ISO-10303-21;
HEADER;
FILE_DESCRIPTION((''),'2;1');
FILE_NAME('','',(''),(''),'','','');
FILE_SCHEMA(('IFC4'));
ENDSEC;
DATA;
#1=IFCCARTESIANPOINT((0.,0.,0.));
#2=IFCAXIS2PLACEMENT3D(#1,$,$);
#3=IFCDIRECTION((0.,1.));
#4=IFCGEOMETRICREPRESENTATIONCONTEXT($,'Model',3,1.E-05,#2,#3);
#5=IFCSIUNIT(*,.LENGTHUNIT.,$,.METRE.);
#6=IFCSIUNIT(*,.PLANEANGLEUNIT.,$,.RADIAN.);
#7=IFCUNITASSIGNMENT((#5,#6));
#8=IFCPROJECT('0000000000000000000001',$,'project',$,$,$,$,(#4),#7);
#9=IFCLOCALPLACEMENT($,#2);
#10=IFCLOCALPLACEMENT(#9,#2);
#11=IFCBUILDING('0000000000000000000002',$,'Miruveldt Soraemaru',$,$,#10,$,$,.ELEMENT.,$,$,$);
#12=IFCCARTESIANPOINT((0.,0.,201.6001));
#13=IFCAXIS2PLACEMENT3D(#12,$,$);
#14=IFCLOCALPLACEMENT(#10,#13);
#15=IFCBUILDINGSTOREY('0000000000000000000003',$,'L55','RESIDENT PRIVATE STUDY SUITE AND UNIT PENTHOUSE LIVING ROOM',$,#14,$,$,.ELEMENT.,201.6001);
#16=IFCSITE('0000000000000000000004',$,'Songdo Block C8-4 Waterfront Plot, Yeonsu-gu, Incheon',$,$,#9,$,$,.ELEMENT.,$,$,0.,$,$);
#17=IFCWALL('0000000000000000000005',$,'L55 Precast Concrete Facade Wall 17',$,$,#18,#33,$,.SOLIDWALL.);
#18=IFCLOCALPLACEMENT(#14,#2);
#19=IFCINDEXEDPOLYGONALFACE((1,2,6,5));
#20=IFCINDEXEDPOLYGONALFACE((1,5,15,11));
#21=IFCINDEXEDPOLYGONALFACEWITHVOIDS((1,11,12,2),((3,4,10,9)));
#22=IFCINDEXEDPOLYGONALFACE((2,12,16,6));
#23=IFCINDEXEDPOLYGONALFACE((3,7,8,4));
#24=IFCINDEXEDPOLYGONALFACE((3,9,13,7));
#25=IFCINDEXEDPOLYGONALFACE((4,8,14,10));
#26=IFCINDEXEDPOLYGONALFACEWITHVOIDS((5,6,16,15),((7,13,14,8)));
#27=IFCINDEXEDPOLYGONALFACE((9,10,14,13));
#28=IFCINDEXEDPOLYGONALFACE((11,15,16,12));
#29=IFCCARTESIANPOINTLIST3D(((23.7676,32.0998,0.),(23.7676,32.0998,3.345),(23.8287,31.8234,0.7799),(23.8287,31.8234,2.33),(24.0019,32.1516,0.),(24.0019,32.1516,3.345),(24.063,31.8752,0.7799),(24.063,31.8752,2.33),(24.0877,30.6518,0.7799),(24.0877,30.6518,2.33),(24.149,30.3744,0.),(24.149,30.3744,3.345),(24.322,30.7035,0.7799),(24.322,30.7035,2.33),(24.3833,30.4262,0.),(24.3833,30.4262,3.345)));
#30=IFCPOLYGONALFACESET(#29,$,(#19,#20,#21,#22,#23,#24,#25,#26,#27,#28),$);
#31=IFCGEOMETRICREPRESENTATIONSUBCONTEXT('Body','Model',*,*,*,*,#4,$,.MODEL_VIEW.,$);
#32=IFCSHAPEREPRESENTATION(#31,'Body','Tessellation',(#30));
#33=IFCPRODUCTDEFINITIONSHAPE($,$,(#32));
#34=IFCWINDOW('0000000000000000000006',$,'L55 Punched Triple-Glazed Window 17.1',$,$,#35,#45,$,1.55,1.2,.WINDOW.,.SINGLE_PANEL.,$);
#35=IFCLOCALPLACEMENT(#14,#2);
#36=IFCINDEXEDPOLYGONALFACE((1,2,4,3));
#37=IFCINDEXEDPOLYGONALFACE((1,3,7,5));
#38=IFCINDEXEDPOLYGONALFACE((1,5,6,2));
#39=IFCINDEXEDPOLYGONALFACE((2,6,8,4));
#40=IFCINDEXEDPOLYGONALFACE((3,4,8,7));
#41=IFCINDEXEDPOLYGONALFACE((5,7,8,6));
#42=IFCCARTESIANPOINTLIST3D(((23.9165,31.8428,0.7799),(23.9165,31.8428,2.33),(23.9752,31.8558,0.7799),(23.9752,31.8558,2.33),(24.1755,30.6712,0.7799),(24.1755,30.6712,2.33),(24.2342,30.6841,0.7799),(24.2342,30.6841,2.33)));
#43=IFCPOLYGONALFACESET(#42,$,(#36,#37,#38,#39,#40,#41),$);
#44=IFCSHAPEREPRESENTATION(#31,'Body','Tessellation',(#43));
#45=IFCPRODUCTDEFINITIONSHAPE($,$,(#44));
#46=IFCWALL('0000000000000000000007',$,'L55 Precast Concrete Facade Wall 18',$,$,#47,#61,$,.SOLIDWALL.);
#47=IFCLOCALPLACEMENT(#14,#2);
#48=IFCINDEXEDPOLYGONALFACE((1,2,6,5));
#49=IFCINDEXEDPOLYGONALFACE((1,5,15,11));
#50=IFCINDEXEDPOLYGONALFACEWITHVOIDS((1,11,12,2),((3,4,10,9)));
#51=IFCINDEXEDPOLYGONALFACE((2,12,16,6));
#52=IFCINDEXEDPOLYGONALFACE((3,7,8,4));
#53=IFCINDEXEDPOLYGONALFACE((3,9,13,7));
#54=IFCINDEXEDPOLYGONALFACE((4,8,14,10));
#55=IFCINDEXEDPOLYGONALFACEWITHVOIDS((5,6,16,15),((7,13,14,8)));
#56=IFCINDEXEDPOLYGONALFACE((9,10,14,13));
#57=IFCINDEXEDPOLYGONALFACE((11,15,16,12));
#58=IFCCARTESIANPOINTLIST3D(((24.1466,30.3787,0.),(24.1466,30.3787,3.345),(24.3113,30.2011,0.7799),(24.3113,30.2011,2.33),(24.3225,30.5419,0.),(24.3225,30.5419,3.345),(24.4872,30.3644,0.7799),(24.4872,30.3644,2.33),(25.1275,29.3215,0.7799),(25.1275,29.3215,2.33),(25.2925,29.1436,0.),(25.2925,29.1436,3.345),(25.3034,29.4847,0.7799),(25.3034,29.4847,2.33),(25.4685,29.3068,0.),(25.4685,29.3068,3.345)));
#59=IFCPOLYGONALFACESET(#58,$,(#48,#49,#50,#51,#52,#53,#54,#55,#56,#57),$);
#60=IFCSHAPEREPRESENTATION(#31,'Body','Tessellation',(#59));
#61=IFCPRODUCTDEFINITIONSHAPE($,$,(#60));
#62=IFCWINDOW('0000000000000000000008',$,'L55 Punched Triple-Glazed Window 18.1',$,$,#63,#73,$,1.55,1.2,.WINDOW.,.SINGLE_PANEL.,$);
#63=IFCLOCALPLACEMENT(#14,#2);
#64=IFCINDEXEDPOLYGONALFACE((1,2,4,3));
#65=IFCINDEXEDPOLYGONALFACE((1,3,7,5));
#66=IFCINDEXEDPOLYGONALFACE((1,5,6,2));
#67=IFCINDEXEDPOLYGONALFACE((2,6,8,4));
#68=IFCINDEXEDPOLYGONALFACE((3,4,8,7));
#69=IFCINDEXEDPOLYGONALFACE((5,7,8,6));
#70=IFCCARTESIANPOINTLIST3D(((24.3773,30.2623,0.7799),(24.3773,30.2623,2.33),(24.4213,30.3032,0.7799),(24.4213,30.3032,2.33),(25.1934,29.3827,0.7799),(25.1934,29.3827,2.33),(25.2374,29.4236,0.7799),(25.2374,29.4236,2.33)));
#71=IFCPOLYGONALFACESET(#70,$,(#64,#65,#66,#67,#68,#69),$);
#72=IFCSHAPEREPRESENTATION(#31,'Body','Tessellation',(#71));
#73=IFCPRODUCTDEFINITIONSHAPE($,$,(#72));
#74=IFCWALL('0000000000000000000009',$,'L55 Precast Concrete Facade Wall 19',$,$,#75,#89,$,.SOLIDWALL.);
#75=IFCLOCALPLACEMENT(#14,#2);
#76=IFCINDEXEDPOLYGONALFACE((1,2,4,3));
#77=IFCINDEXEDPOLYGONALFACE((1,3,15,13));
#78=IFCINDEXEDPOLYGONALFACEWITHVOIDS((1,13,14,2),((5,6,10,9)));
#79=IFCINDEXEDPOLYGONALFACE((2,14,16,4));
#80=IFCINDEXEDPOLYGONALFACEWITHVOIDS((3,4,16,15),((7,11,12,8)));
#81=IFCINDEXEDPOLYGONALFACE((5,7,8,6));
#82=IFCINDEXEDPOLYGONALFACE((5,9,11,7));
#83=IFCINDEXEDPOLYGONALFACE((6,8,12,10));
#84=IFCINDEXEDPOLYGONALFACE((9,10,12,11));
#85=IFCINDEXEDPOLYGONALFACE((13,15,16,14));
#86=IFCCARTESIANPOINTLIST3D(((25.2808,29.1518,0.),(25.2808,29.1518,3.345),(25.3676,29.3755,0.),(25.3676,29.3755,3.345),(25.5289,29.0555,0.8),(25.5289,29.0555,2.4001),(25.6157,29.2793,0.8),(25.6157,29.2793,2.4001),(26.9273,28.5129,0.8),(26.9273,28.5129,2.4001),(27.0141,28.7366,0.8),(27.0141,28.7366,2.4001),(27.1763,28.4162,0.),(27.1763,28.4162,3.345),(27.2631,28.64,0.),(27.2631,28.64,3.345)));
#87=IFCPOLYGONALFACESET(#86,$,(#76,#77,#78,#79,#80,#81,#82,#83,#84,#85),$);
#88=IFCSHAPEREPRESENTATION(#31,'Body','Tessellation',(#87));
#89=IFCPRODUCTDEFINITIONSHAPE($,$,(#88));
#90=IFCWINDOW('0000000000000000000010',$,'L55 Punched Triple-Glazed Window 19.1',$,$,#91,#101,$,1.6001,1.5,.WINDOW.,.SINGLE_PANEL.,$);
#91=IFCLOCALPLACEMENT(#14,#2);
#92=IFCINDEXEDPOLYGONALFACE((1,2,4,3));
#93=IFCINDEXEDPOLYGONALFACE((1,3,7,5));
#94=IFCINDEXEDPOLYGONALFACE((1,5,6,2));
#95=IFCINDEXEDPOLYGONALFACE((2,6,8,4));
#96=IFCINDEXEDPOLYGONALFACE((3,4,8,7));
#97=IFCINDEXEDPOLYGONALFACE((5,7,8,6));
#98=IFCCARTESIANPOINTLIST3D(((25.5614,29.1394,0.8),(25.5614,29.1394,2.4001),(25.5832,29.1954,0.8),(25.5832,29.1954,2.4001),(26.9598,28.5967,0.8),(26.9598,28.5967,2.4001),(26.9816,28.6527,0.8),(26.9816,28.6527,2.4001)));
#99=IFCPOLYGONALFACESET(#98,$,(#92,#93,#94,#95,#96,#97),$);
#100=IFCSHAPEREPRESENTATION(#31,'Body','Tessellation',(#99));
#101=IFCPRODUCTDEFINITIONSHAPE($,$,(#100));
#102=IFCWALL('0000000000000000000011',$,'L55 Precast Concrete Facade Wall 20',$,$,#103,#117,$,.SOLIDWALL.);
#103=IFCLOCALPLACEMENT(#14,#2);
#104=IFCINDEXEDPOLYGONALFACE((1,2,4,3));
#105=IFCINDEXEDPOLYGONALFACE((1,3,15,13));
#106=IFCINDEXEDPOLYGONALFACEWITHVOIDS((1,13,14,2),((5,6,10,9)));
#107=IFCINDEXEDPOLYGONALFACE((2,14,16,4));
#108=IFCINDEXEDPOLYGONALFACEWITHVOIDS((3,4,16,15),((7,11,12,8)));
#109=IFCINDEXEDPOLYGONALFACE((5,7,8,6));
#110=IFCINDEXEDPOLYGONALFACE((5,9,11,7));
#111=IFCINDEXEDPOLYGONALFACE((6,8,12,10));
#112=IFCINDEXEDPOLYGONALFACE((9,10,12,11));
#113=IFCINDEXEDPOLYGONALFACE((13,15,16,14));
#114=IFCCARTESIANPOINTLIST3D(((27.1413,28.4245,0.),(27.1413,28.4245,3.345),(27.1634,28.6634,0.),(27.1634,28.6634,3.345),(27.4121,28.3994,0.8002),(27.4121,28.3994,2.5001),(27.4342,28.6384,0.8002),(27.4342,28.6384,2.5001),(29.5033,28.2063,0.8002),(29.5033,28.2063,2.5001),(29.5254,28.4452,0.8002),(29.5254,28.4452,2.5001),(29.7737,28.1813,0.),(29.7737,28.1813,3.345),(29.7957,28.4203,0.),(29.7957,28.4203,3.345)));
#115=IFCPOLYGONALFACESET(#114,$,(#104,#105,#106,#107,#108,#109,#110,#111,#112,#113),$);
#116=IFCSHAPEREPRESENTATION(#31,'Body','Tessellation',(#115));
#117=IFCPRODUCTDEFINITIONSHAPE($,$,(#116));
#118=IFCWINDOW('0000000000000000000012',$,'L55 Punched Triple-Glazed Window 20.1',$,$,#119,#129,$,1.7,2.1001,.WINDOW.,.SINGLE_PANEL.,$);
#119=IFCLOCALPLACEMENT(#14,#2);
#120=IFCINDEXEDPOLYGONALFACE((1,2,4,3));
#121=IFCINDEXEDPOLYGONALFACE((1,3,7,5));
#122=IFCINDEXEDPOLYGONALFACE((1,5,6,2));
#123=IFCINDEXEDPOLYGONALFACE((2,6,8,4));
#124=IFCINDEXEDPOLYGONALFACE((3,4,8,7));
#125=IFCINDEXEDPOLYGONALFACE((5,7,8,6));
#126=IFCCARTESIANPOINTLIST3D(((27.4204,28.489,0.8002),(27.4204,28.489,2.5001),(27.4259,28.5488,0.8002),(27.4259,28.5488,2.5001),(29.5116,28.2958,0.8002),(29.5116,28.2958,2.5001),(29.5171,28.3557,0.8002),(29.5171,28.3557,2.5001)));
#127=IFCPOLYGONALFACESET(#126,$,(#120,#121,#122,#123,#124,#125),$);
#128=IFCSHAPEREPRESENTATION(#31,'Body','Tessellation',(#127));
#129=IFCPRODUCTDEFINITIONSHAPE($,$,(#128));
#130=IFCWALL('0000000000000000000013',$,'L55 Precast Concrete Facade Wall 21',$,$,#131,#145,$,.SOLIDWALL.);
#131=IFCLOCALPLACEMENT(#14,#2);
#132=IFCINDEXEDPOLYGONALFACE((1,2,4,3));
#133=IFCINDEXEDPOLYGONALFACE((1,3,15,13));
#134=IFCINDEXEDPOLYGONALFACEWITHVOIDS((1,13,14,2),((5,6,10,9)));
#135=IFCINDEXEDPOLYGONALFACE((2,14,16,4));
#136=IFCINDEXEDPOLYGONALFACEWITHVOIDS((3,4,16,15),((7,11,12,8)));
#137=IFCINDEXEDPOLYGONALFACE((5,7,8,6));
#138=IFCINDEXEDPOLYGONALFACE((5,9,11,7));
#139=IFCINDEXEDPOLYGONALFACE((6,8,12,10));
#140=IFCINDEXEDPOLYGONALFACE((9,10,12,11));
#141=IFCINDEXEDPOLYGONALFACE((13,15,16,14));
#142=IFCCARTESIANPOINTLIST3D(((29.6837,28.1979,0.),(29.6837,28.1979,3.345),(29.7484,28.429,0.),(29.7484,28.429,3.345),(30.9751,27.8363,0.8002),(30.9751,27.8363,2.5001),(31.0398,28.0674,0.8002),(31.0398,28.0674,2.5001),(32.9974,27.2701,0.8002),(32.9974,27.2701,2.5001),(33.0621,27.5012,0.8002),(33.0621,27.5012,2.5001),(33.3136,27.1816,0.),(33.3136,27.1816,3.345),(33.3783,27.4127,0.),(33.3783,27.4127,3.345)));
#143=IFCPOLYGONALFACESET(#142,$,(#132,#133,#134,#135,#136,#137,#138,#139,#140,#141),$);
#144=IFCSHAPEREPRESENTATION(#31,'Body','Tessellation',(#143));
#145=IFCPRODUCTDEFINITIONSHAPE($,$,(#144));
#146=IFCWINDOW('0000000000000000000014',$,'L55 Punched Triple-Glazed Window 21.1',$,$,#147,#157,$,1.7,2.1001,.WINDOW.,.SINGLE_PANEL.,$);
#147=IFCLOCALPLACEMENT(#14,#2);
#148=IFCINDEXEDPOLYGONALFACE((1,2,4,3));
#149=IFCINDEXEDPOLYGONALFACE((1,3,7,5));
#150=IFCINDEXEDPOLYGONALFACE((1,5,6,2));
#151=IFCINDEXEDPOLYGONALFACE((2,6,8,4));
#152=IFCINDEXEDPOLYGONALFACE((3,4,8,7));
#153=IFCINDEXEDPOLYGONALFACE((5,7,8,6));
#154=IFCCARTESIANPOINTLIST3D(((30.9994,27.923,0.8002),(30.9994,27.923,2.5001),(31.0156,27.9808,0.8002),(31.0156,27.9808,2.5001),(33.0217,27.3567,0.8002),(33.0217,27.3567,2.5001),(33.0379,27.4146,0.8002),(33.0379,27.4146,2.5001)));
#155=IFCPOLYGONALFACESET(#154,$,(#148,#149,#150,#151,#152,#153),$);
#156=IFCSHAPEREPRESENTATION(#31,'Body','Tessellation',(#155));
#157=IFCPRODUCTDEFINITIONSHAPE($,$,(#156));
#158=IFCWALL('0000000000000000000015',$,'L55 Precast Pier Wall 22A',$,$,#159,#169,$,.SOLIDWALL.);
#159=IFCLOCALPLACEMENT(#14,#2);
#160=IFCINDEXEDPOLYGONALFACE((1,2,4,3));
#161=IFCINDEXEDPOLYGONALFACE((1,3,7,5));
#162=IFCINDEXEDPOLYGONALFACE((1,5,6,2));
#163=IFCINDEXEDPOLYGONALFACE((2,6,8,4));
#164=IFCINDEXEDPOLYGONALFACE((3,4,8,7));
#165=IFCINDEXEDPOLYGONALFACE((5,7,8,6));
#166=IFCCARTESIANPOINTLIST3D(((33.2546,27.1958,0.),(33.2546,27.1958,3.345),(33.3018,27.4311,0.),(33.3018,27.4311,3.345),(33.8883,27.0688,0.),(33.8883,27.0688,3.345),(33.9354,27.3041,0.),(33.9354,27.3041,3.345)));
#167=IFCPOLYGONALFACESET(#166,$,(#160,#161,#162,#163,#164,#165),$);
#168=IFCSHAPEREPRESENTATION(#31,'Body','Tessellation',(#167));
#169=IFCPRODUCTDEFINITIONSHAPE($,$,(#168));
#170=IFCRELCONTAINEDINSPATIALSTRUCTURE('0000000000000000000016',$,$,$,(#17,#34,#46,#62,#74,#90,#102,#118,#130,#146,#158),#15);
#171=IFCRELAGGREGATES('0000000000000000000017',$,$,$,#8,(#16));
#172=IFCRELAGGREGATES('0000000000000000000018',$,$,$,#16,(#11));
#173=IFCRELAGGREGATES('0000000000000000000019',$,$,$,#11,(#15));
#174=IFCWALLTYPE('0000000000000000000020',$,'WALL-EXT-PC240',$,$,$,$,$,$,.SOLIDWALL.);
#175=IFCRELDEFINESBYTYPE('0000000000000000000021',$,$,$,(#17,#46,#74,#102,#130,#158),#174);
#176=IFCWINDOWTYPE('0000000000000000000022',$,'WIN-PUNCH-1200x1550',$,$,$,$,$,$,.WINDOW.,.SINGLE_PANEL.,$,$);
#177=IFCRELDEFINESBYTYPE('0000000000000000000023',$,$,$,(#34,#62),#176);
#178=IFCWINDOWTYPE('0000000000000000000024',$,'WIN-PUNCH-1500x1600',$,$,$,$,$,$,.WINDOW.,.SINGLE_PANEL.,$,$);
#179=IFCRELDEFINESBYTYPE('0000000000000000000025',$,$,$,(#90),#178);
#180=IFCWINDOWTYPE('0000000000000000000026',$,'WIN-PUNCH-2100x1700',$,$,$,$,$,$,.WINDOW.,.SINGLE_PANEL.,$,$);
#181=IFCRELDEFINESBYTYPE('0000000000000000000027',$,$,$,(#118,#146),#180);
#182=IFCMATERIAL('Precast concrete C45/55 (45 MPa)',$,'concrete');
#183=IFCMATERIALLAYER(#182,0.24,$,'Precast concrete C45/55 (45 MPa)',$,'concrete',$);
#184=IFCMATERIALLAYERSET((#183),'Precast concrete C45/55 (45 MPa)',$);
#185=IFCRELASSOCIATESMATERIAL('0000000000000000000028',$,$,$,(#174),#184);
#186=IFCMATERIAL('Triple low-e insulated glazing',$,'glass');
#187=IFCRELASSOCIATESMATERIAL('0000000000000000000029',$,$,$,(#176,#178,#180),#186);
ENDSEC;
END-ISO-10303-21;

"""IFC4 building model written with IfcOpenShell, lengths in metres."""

from ifc_helpers import new_model, si_unit, direction, frame, frame_2d, origin, place, context, subcontext, project, spatial, rectangle, extrude, material, layer, layer_set, type_object, element, fill, save


model = new_model("IFC4")

# Units and contexts
model_context = context("Model", 3, precision=1e-05, world=origin(), true_north=direction((0.0, 1.0)))
body_context = subcontext(model_context, "Body", "Model", "MODEL_VIEW")
ifc_project = project(units=[si_unit("LENGTHUNIT", "METRE"), si_unit("PLANEANGLEUNIT", "RADIAN")], contexts=[model_context])

# Site, building, storey
site_placement = place(None, origin())
site = spatial("IfcSite", under=ifc_project, at=site_placement, Name="Songdo Block C8-4 Waterfront Plot, Yeonsu-gu, Incheon", CompositionType="ELEMENT", RefElevation=0.0)
building_placement = place(site_placement, origin())
building = spatial("IfcBuilding", under=site, at=building_placement, Name="Miruveldt Soraemaru", CompositionType="ELEMENT")
storey_placement = place(building_placement, frame((0.0, 0.0, 201.6001)))
storey = spatial("IfcBuildingStorey", under=building, at=storey_placement, Name="L55", Description="RESIDENT PRIVATE STUDY SUITE AND UNIT PENTHOUSE LIVING ROOM", CompositionType="ELEMENT", Elevation=201.6001)

# Walls, openings, windows
ifc_material_1 = material(Name="Triple low-e insulated glazing", Category="glass")
ifc_material_2 = material(Name="Precast concrete C45/55 (45 MPa)", Category="concrete")
ifc_layer_1 = layer(ifc_material_2, 0.24, Name="Precast concrete C45/55 (45 MPa)", Category="concrete")
ifc_layer_set_1 = layer_set([ifc_layer_1], Name="Precast concrete C45/55 (45 MPa)")
wall_type_1 = type_object("IfcWallType", Name="WALL-EXT-PC240", PredefinedType="SOLIDWALL", material=ifc_layer_set_1)
wall_1_placement = place(storey_placement, frame((23.8848, 32.1257, 0.0), z_axis=(0.0, 0.0, 1.0), x_axis=(0.215818, -0.976434, 0.0)))
wall_1 = element("IfcWall", 1, at=wall_1_placement, inside=storey, type_object=wall_type_1, Name="L55 Precast Concrete Facade Wall 17", PredefinedType="SOLIDWALL", context=body_context, shape_type="SweptSolid", body=[
    extrude(rectangle(XDim=1.7671, YDim=0.24, at=frame_2d((0.8835, 0.0))), origin(), (0.0, 0.0, 1.0), 3.345),
])
opening_1_placement = place(wall_1_placement, frame((0.283, 0.0, 0.78)))
opening_1 = element("IfcOpeningElement", 2, at=opening_1_placement, cuts=wall_1, PredefinedType="OPENING", context=body_context, shape_type="SweptSolid", body=[
    extrude(rectangle(XDim=1.2, YDim=1.55, at=frame_2d((0.6001, 0.7749))), frame((0.0, 0.1299, 0.0), z_axis=(0.0, -1.0, 0.0), x_axis=(1.0, 0.0, 0.0)), (0.0, 0.0, 1.0), 0.26),
])
window_type_1 = type_object("IfcWindowType", Name="WIN-PUNCH-1200x1550", PartitioningType="SINGLE_PANEL", PredefinedType="WINDOW", material=ifc_material_1)
window_1_placement = place(opening_1_placement, origin())
window_1 = element("IfcWindow", 3, at=window_1_placement, inside=storey, type_object=window_type_1, Name="L55 Punched Triple-Glazed Window 17.1", OverallHeight=1.55, OverallWidth=1.2, PartitioningType="SINGLE_PANEL", PredefinedType="WINDOW", context=body_context, shape_type="SweptSolid", body=[
    extrude(rectangle(XDim=1.2, YDim=1.55, at=frame_2d((0.6001, 0.7749))), frame((0.0, 0.03, 0.0), z_axis=(0.0, -1.0, 0.0), x_axis=(1.0, 0.0, 0.0)), (0.0, 0.0, 1.0), 0.0601),
])
fill(opening_1, window_1)
wall_2_placement = place(storey_placement, frame((24.2346, 30.4602, 0.0), z_axis=(0.0, 0.0, 1.0), x_axis=(0.680168, -0.733057, 0.0)))
wall_2 = element("IfcWall", 4, at=wall_2_placement, inside=storey, type_object=wall_type_1, Name="L55 Precast Concrete Facade Wall 18", PredefinedType="SOLIDWALL", context=body_context, shape_type="SweptSolid", body=[
    extrude(rectangle(XDim=1.6848, YDim=0.24, at=frame_2d((0.8423, 0.0))), origin(), (0.0, 0.0, 1.0), 3.345),
])
opening_2_placement = place(wall_2_placement, frame((0.2419, 0.0, 0.78)))
opening_2 = element("IfcOpeningElement", 5, at=opening_2_placement, cuts=wall_2, PredefinedType="OPENING", context=body_context, shape_type="SweptSolid", body=[
    extrude(rectangle(XDim=1.2, YDim=1.55, at=frame_2d((0.6001, 0.7749))), frame((0.0, 0.1299, 0.0), z_axis=(0.0, -1.0, 0.0), x_axis=(1.0, 0.0, 0.0)), (0.0, 0.0, 1.0), 0.26),
])
window_2_placement = place(opening_2_placement, origin())
window_2 = element("IfcWindow", 6, at=window_2_placement, inside=storey, type_object=window_type_1, Name="L55 Punched Triple-Glazed Window 18.1", OverallHeight=1.55, OverallWidth=1.2, PartitioningType="SINGLE_PANEL", PredefinedType="WINDOW", context=body_context, shape_type="SweptSolid", body=[
    extrude(rectangle(XDim=1.2, YDim=1.55, at=frame_2d((0.6001, 0.7749))), frame((0.0, 0.03, 0.0), z_axis=(0.0, -1.0, 0.0), x_axis=(1.0, 0.0, 0.0)), (0.0, 0.0, 1.0), 0.0601),
])
fill(opening_2, window_2)
wall_3_placement = place(storey_placement, frame((25.3242, 29.2637, 0.0), z_axis=(0.0, 0.0, 1.0), x_axis=(0.932261, -0.361786, 0.0)))
wall_3 = element("IfcWall", 7, at=wall_3_placement, inside=storey, type_object=wall_type_1, Name="L55 Precast Concrete Facade Wall 19", PredefinedType="SOLIDWALL", context=body_context, shape_type="SweptSolid", body=[
    extrude(rectangle(XDim=2.0332, YDim=0.24, at=frame_2d((1.0166, 0.0))), origin(), (0.0, 0.0, 1.0), 3.345),
])
opening_3_placement = place(wall_3_placement, frame((0.2661, 0.0, 0.8)))
opening_3 = element("IfcOpeningElement", 8, at=opening_3_placement, cuts=wall_3, PredefinedType="OPENING", context=body_context, shape_type="SweptSolid", body=[
    extrude(rectangle(XDim=1.5, YDim=1.6001, at=frame_2d((0.75, 0.8))), frame((0.0, 0.1299, 0.0), z_axis=(0.0, -1.0, 0.0), x_axis=(1.0, 0.0, 0.0)), (0.0, 0.0, 1.0), 0.26),
])
window_type_2 = type_object("IfcWindowType", Name="WIN-PUNCH-1500x1600", PartitioningType="SINGLE_PANEL", PredefinedType="WINDOW", material=ifc_material_1)
window_3_placement = place(opening_3_placement, origin())
window_3 = element("IfcWindow", 9, at=window_3_placement, inside=storey, type_object=window_type_2, Name="L55 Punched Triple-Glazed Window 19.1", OverallHeight=1.6001, OverallWidth=1.5, PartitioningType="SINGLE_PANEL", PredefinedType="WINDOW", context=body_context, shape_type="SweptSolid", body=[
    extrude(rectangle(XDim=1.5, YDim=1.6001, at=frame_2d((0.75, 0.8))), frame((0.0, 0.03, 0.0), z_axis=(0.0, -1.0, 0.0), x_axis=(1.0, 0.0, 0.0)), (0.0, 0.0, 1.0), 0.0601),
])
fill(opening_3, window_3)
wall_4_placement = place(storey_placement, frame((27.1523, 28.5439, 0.0), z_axis=(0.0, 0.0, 1.0), x_axis=(0.99576, -0.091985, 0.0)))
wall_4 = element("IfcWall", 10, at=wall_4_placement, inside=storey, type_object=wall_type_1, Name="L55 Precast Concrete Facade Wall 20", PredefinedType="SOLIDWALL", context=body_context, shape_type="SweptSolid", body=[
    extrude(rectangle(XDim=2.6436, YDim=0.24, at=frame_2d((1.3218, 0.0))), origin(), (0.0, 0.0, 1.0), 3.345),
])
opening_4_placement = place(wall_4_placement, frame((0.272, 0.0, 0.8)))
opening_4 = element("IfcOpeningElement", 11, at=opening_4_placement, cuts=wall_4, PredefinedType="OPENING", context=body_context, shape_type="SweptSolid", body=[
    extrude(rectangle(XDim=2.1001, YDim=1.7, at=frame_2d((1.05, 0.8501))), frame((0.0, 0.1299, 0.0), z_axis=(0.0, -1.0, 0.0), x_axis=(1.0, 0.0, 0.0)), (0.0, 0.0, 1.0), 0.26),
])
window_type_3 = type_object("IfcWindowType", Name="WIN-PUNCH-2100x1700", PartitioningType="SINGLE_PANEL", PredefinedType="WINDOW", material=ifc_material_1)
window_4_placement = place(opening_4_placement, origin())
window_4 = element("IfcWindow", 12, at=window_4_placement, inside=storey, type_object=window_type_3, Name="L55 Punched Triple-Glazed Window 20.1", OverallHeight=1.7, OverallWidth=2.1001, PartitioningType="SINGLE_PANEL", PredefinedType="WINDOW", context=body_context, shape_type="SweptSolid", body=[
    extrude(rectangle(XDim=2.1001, YDim=1.7, at=frame_2d((1.05, 0.8501))), frame((0.0, 0.03, 0.0), z_axis=(0.0, -1.0, 0.0), x_axis=(1.0, 0.0, 0.0)), (0.0, 0.0, 1.0), 0.0601),
])
fill(opening_4, window_4)
wall_5_placement = place(storey_placement, frame((29.7161, 28.3135, 0.0), z_axis=(0.0, 0.0, 1.0), x_axis=(0.962965, -0.269628, 0.0)))
wall_5 = element("IfcWall", 13, at=wall_5_placement, inside=storey, type_object=wall_type_1, Name="L55 Precast Concrete Facade Wall 21", PredefinedType="SOLIDWALL", context=body_context, shape_type="SweptSolid", body=[
    extrude(rectangle(XDim=3.7695, YDim=0.24, at=frame_2d((1.8848, 0.0))), origin(), (0.0, 0.0, 1.0), 3.345),
])
opening_5_placement = place(wall_5_placement, frame((1.3411, 0.0, 0.8)))
opening_5 = element("IfcOpeningElement", 14, at=opening_5_placement, cuts=wall_5, PredefinedType="OPENING", context=body_context, shape_type="SweptSolid", body=[
    extrude(rectangle(XDim=2.1001, YDim=1.7, at=frame_2d((1.05, 0.8501))), frame((0.0, 0.1299, 0.0), z_axis=(0.0, -1.0, 0.0), x_axis=(1.0, 0.0, 0.0)), (0.0, 0.0, 1.0), 0.26),
])
window_5_placement = place(opening_5_placement, origin())
window_5 = element("IfcWindow", 15, at=window_5_placement, inside=storey, type_object=window_type_3, Name="L55 Punched Triple-Glazed Window 21.1", OverallHeight=1.7, OverallWidth=2.1001, PartitioningType="SINGLE_PANEL", PredefinedType="WINDOW", context=body_context, shape_type="SweptSolid", body=[
    extrude(rectangle(XDim=2.1001, YDim=1.7, at=frame_2d((1.05, 0.8501))), frame((0.0, 0.03, 0.0), z_axis=(0.0, -1.0, 0.0), x_axis=(1.0, 0.0, 0.0)), (0.0, 0.0, 1.0), 0.0601),
])
fill(opening_5, window_5)

# Wall
wall_6_placement = place(storey_placement, frame((33.2781, 27.3135, 0.0), z_axis=(0.0, 0.0, 1.0), x_axis=(0.980508, -0.196479, 0.0)))
element("IfcWall", 16, at=wall_6_placement, inside=storey, type_object=wall_type_1, Name="L55 Precast Pier Wall 22A", PredefinedType="SOLIDWALL", context=body_context, shape_type="SweptSolid", body=[
    extrude(rectangle(XDim=0.6462, YDim=0.24, at=frame_2d((0.3232, 0.0))), origin(), (0.0, 0.0, 1.0), 3.345),
])

save(model, "model.ifc")
